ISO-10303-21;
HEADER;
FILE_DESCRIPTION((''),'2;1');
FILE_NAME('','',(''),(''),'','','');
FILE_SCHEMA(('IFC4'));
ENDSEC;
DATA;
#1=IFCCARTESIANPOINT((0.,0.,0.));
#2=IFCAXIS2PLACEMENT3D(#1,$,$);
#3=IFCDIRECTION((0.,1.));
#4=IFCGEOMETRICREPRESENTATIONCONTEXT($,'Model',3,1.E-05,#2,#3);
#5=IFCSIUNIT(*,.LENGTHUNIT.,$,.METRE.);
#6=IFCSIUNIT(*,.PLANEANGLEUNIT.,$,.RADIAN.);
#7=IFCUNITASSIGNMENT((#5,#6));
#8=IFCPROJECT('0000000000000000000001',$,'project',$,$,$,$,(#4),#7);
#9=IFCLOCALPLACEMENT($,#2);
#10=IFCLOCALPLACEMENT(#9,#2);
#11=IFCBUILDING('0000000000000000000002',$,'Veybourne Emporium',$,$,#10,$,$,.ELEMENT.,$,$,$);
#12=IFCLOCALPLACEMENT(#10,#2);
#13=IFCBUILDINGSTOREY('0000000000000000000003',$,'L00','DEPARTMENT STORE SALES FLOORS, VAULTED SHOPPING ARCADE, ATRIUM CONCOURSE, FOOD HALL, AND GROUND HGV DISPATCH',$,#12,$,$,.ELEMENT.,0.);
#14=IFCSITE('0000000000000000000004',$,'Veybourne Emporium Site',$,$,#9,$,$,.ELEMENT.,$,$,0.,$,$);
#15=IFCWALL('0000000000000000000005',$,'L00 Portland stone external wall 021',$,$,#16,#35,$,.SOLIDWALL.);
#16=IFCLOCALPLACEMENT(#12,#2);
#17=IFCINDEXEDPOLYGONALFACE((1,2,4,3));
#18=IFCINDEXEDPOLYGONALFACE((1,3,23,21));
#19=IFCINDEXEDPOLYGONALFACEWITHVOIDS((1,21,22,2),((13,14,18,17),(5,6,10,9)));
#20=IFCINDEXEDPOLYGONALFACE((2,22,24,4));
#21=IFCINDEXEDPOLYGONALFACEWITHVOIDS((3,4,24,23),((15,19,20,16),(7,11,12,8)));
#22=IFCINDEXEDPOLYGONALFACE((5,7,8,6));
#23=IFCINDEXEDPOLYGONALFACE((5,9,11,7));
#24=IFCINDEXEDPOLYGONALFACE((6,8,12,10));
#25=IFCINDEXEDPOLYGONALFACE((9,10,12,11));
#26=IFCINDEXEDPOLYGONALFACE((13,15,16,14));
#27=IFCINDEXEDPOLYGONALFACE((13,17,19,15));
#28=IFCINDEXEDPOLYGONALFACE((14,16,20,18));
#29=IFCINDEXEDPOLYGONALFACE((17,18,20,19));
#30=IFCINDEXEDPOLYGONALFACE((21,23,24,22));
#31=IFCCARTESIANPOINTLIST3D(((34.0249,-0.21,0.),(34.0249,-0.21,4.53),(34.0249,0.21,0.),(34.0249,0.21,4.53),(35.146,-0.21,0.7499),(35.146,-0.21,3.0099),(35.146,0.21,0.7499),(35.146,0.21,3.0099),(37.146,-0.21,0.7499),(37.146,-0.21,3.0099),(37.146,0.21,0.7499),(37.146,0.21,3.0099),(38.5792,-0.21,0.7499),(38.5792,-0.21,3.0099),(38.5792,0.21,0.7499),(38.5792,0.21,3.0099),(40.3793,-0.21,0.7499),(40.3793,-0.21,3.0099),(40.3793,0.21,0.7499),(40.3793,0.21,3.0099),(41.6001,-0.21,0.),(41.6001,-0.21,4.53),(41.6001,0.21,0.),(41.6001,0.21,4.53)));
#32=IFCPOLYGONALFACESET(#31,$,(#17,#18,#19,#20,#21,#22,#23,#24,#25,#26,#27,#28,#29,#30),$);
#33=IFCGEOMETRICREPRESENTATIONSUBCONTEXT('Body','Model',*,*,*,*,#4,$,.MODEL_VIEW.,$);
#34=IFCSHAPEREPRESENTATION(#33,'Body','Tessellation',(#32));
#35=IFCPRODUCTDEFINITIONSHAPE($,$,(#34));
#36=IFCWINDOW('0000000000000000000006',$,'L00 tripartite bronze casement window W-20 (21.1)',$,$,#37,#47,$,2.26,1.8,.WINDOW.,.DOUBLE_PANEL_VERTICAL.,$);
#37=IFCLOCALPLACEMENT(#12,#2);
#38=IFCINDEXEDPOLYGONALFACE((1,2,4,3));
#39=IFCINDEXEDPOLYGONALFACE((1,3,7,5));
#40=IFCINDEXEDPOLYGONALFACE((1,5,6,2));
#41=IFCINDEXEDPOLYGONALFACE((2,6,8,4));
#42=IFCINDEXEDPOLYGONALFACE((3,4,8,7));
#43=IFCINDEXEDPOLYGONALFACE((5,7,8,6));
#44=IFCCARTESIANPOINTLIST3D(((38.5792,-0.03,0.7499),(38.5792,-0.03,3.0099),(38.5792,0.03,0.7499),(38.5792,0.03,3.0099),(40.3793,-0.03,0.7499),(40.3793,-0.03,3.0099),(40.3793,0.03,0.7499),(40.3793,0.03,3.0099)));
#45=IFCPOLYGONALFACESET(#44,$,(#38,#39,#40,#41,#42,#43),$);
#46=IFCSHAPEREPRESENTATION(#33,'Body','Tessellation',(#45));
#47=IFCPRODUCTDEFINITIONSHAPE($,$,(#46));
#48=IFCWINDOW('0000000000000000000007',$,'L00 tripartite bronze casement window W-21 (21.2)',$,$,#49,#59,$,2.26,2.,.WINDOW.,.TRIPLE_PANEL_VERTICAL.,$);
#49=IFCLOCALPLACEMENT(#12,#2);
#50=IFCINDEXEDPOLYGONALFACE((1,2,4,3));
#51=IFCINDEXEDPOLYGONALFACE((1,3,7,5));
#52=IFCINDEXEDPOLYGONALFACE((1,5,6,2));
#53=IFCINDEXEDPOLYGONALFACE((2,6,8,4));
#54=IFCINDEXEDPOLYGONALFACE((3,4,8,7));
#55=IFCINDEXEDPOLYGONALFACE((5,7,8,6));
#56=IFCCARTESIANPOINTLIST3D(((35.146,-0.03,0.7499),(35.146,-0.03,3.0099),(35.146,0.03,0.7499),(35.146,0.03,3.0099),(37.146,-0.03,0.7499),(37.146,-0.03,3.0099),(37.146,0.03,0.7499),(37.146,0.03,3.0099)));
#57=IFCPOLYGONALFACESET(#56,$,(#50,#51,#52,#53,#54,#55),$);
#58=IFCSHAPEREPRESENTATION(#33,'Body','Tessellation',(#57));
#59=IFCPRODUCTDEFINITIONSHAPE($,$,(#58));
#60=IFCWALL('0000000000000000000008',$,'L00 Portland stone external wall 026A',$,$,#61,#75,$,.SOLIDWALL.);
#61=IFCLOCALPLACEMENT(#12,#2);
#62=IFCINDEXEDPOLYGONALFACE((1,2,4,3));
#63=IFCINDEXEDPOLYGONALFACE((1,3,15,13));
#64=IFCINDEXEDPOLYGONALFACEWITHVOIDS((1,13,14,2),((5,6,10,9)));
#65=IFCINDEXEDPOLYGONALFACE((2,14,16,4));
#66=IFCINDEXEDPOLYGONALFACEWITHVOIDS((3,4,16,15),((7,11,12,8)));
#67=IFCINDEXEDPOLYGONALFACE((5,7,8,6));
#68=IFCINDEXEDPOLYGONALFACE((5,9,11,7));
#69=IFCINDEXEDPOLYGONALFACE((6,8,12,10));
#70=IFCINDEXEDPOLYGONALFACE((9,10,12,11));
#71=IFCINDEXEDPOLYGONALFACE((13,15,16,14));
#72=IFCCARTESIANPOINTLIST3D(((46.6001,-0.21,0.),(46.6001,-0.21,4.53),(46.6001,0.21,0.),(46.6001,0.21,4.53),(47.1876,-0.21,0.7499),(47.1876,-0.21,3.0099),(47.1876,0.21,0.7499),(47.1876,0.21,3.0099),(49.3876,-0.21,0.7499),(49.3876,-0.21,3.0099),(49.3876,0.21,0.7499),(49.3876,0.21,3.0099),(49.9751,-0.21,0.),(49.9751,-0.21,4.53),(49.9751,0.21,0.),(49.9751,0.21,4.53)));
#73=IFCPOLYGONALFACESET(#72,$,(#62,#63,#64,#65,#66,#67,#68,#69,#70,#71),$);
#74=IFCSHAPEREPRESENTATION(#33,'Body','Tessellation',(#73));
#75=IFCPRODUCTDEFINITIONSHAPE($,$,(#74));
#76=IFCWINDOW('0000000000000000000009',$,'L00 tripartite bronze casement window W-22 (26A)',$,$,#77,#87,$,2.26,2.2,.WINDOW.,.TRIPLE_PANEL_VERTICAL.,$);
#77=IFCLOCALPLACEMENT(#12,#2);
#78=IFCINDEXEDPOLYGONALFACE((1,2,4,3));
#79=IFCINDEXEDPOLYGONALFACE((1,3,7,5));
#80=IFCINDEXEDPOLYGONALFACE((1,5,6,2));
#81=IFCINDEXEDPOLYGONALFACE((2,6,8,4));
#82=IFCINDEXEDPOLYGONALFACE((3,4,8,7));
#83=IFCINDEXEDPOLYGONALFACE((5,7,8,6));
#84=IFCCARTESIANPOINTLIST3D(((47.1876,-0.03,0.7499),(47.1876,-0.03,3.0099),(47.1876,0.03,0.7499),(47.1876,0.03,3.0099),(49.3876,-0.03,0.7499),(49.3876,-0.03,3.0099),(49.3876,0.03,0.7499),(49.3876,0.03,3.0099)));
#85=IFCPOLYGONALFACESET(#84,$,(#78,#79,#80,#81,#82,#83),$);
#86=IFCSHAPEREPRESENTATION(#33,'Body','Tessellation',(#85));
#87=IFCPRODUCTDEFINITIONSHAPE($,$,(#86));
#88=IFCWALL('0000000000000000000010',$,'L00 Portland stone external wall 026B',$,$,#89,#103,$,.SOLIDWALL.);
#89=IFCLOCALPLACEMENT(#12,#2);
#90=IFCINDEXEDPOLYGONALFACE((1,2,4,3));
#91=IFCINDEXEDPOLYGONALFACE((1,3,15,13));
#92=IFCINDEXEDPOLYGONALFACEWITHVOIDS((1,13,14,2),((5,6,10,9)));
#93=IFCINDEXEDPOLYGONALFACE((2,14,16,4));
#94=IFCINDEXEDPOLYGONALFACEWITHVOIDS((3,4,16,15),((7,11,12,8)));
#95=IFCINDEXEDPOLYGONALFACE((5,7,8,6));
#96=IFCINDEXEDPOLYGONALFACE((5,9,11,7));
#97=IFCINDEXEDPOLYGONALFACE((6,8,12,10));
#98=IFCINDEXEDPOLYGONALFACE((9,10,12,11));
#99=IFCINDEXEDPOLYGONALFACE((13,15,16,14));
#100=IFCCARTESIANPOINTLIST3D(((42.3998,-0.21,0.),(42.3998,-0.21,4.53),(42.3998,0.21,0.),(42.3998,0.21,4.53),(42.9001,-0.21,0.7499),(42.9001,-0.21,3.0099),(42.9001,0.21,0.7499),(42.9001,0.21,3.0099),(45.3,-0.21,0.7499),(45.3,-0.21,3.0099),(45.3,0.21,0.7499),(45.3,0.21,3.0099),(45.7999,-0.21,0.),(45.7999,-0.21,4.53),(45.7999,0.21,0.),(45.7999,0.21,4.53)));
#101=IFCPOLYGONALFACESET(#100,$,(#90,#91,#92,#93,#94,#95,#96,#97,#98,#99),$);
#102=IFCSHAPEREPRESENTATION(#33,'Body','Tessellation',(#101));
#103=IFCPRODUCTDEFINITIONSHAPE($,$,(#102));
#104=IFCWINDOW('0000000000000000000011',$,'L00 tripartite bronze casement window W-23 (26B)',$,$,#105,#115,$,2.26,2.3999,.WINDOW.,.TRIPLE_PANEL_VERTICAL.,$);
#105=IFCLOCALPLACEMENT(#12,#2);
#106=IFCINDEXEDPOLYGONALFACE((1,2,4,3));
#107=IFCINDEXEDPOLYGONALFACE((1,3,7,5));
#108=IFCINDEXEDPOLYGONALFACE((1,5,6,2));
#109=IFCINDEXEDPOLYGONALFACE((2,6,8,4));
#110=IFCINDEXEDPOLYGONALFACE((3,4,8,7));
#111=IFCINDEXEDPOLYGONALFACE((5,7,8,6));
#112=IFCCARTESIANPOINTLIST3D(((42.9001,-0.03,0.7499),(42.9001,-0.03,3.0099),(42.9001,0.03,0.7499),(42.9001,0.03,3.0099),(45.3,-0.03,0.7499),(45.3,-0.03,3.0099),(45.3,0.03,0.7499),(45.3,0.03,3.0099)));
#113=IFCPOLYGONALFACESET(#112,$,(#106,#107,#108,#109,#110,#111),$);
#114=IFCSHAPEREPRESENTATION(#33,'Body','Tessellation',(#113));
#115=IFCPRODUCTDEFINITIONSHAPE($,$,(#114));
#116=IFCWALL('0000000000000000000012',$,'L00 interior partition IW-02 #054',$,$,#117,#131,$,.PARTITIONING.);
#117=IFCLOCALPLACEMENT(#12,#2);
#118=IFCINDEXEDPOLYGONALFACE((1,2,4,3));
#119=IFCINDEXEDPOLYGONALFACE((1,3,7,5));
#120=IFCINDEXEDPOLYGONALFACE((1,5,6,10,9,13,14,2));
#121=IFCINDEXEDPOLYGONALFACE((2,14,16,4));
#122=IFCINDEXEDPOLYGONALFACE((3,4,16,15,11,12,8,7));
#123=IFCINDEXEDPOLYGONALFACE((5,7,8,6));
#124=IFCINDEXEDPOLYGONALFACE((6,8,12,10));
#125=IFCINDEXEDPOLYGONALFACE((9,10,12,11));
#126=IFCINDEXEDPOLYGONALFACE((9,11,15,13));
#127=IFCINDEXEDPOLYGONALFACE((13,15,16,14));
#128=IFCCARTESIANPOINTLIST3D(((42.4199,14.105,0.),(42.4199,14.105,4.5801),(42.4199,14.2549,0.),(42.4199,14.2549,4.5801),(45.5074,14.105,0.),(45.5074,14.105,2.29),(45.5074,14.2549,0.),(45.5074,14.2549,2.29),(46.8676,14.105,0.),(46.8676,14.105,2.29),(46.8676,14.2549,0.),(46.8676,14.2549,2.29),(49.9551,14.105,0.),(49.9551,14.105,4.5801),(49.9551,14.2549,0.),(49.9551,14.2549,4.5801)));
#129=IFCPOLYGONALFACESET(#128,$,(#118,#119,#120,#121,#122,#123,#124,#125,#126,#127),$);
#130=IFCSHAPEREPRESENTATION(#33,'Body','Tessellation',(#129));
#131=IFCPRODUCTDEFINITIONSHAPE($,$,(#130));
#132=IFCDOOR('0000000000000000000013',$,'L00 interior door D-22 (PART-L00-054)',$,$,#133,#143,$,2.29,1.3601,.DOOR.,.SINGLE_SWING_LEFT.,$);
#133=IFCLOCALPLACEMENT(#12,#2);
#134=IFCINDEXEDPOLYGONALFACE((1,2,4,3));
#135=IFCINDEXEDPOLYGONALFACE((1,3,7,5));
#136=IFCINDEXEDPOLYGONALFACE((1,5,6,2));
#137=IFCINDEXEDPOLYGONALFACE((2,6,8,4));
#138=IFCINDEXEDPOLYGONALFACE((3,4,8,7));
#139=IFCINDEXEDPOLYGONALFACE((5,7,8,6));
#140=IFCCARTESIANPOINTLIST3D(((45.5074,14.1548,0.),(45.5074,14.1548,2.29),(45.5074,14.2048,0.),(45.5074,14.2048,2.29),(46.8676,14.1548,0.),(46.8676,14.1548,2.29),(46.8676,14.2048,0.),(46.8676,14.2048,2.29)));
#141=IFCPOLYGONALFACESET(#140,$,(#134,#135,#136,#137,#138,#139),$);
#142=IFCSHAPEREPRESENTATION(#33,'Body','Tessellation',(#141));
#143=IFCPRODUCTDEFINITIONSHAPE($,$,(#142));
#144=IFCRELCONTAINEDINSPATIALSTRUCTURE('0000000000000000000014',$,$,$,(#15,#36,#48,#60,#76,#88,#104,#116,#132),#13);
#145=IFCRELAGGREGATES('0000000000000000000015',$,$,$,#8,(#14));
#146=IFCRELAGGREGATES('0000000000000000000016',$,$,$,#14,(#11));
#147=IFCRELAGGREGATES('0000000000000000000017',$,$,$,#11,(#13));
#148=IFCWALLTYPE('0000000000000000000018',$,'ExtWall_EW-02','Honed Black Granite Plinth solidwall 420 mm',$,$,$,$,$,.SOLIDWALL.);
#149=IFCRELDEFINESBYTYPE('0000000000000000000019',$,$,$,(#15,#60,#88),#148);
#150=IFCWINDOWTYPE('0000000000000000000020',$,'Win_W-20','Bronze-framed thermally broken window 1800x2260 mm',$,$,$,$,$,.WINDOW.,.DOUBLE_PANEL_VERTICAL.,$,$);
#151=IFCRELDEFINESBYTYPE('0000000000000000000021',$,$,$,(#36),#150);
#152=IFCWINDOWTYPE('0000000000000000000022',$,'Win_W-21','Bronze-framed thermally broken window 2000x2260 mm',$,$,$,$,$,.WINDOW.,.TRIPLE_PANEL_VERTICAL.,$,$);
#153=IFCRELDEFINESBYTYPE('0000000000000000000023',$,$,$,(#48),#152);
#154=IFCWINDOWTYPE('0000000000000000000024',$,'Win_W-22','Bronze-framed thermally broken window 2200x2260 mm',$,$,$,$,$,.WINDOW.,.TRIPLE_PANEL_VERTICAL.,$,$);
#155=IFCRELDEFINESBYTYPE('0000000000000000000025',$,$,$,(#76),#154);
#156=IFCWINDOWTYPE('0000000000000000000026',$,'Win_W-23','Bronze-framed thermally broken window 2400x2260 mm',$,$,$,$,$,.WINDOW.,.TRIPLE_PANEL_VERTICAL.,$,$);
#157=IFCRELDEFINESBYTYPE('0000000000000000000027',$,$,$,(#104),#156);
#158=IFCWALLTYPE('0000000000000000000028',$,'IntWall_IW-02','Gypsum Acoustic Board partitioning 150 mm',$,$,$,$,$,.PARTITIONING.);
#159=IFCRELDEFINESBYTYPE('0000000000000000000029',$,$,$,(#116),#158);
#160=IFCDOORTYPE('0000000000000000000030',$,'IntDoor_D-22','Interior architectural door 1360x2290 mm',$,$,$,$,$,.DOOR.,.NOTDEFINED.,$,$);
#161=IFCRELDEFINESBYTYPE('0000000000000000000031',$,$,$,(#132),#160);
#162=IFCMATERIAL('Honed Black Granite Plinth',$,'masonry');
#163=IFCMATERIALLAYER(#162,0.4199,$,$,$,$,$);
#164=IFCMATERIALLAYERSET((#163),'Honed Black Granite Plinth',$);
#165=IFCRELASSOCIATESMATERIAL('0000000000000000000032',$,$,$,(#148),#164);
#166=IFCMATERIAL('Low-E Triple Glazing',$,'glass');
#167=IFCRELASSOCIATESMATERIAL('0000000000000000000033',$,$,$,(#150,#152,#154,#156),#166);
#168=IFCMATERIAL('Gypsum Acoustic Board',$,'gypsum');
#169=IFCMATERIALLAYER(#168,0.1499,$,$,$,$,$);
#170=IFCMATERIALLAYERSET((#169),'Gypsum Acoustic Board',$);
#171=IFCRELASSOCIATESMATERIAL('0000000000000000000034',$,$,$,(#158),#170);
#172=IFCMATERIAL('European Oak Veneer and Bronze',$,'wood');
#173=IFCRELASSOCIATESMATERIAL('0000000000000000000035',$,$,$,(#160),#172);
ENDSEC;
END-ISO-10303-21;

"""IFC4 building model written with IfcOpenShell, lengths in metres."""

from ifc_helpers import new_model, si_unit, direction, frame, frame_2d, origin, place, context, subcontext, project, spatial, rectangle, extrude, material, layer, layer_set, type_object, element, fill, save


model = new_model("IFC4")

# Units and contexts
model_context = context("Model", 3, precision=1e-05, world=origin(), true_north=direction((0.0, 1.0)))
body_context = subcontext(model_context, "Body", "Model", "MODEL_VIEW")
ifc_project = project(units=[si_unit("LENGTHUNIT", "METRE"), si_unit("PLANEANGLEUNIT", "RADIAN")], contexts=[model_context])

# Site, building, storey
site_placement = place(None, origin())
site = spatial("IfcSite", under=ifc_project, at=site_placement, Name="Veybourne Emporium Site", CompositionType="ELEMENT", RefElevation=0.0)
building_placement = place(site_placement, origin())
building = spatial("IfcBuilding", under=site, at=building_placement, Name="Veybourne Emporium", CompositionType="ELEMENT")
storey_placement = place(building_placement, origin())
storey = spatial("IfcBuildingStorey", under=building, at=storey_placement, Name="L00", Description="DEPARTMENT STORE SALES FLOORS, VAULTED SHOPPING ARCADE, ATRIUM CONCOURSE, FOOD HALL, AND GROUND HGV DISPATCH", CompositionType="ELEMENT", Elevation=0.0)

# Wall, openings, windows
ifc_material_1 = material(Name="Honed Black Granite Plinth", Category="masonry")
ifc_layer_1 = layer(ifc_material_1, 0.4199)
ifc_layer_set_1 = layer_set([ifc_layer_1], Name="Honed Black Granite Plinth")
wall_type_1 = type_object("IfcWallType", Name="ExtWall_EW-02", Description="Honed Black Granite Plinth solidwall 420 mm", PredefinedType="SOLIDWALL", material=ifc_layer_set_1)
wall_1_placement = place(storey_placement, frame((41.6001, 0.0, 0.0), z_axis=(0.0, 0.0, 1.0), x_axis=(-1.0, 0.0, 0.0)))
wall_1 = element("IfcWall", 1, at=wall_1_placement, inside=storey, type_object=wall_type_1, Name="L00 Portland stone external wall 021", PredefinedType="SOLIDWALL", context=body_context, shape_type="SweptSolid", body=[
    extrude(rectangle(XDim=7.5752, YDim=0.4199, at=frame_2d((3.7876, 0.0))), origin(), (0.0, 0.0, 1.0), 4.53),
])
opening_1_placement = place(wall_1_placement, frame((1.2209, 0.0, 0.75)))
opening_1 = element("IfcOpeningElement", 2, at=opening_1_placement, cuts=wall_1, PredefinedType="OPENING", context=body_context, shape_type="SweptSolid", body=[
    extrude(rectangle(XDim=1.8, YDim=2.26, at=frame_2d((0.8999, 1.1299))), frame((0.0, 0.23, 0.0), z_axis=(0.0, -1.0, 0.0), x_axis=(1.0, 0.0, 0.0)), (0.0, 0.0, 1.0), 0.46),
])
opening_2_placement = place(wall_1_placement, frame((4.4541, 0.0, 0.75)))
opening_2 = element("IfcOpeningElement", 3, at=opening_2_placement, cuts=wall_1, PredefinedType="OPENING", context=body_context, shape_type="SweptSolid", body=[
    extrude(rectangle(XDim=2.0, YDim=2.26, at=frame_2d((1.0, 1.1299))), frame((0.0, 0.23, 0.0), z_axis=(0.0, -1.0, 0.0), x_axis=(1.0, 0.0, 0.0)), (0.0, 0.0, 1.0), 0.46),
])
ifc_material_2 = material(Name="Low-E Triple Glazing", Category="glass")
window_type_1 = type_object("IfcWindowType", Name="Win_W-20", Description="Bronze-framed thermally broken window 1800x2260 mm", PartitioningType="DOUBLE_PANEL_VERTICAL", PredefinedType="WINDOW", material=ifc_material_2)
window_1_placement = place(opening_1_placement, origin())
window_1 = element("IfcWindow", 4, at=window_1_placement, inside=storey, type_object=window_type_1, Name="L00 tripartite bronze casement window W-20 (21.1)", OverallHeight=2.26, OverallWidth=1.8, PartitioningType="DOUBLE_PANEL_VERTICAL", PredefinedType="WINDOW", context=body_context, shape_type="SweptSolid", body=[
    extrude(rectangle(XDim=1.8, YDim=2.26, at=frame_2d((0.8999, 1.1299))), frame((0.0, 0.03, 0.0), z_axis=(0.0, -1.0, 0.0), x_axis=(1.0, 0.0, 0.0)), (0.0, 0.0, 1.0), 0.0601),
])
fill(opening_1, window_1)
window_type_2 = type_object("IfcWindowType", Name="Win_W-21", Description="Bronze-framed thermally broken window 2000x2260 mm", PartitioningType="TRIPLE_PANEL_VERTICAL", PredefinedType="WINDOW", material=ifc_material_2)
window_2_placement = place(opening_2_placement, origin())
window_2 = element("IfcWindow", 5, at=window_2_placement, inside=storey, type_object=window_type_2, Name="L00 tripartite bronze casement window W-21 (21.2)", OverallHeight=2.26, OverallWidth=2.0, PartitioningType="TRIPLE_PANEL_VERTICAL", PredefinedType="WINDOW", context=body_context, shape_type="SweptSolid", body=[
    extrude(rectangle(XDim=2.0, YDim=2.26, at=frame_2d((1.0, 1.1299))), frame((0.0, 0.03, 0.0), z_axis=(0.0, -1.0, 0.0), x_axis=(1.0, 0.0, 0.0)), (0.0, 0.0, 1.0), 0.0601),
])
fill(opening_2, window_2)

# Walls, openings, windows
wall_2_placement = place(storey_placement, frame((49.9751, 0.0, 0.0), z_axis=(0.0, 0.0, 1.0), x_axis=(-1.0, 0.0, 0.0)))
wall_2 = element("IfcWall", 6, at=wall_2_placement, inside=storey, type_object=wall_type_1, Name="L00 Portland stone external wall 026A", PredefinedType="SOLIDWALL", context=body_context, shape_type="SweptSolid", body=[
    extrude(rectangle(XDim=3.375, YDim=0.4199, at=frame_2d((1.6875, 0.0))), origin(), (0.0, 0.0, 1.0), 4.53),
])
opening_3_placement = place(wall_2_placement, frame((0.5874, 0.0, 0.75)))
opening_3 = element("IfcOpeningElement", 7, at=opening_3_placement, cuts=wall_2, PredefinedType="OPENING", context=body_context, shape_type="SweptSolid", body=[
    extrude(rectangle(XDim=2.2, YDim=2.26, at=frame_2d((1.1001, 1.1299))), frame((0.0, 0.23, 0.0), z_axis=(0.0, -1.0, 0.0), x_axis=(1.0, 0.0, 0.0)), (0.0, 0.0, 1.0), 0.46),
])
window_type_3 = type_object("IfcWindowType", Name="Win_W-22", Description="Bronze-framed thermally broken window 2200x2260 mm", PartitioningType="TRIPLE_PANEL_VERTICAL", PredefinedType="WINDOW", material=ifc_material_2)
window_3_placement = place(opening_3_placement, origin())
window_3 = element("IfcWindow", 8, at=window_3_placement, inside=storey, type_object=window_type_3, Name="L00 tripartite bronze casement window W-22 (26A)", OverallHeight=2.26, OverallWidth=2.2, PartitioningType="TRIPLE_PANEL_VERTICAL", PredefinedType="WINDOW", context=body_context, shape_type="SweptSolid", body=[
    extrude(rectangle(XDim=2.2, YDim=2.26, at=frame_2d((1.1001, 1.1299))), frame((0.0, 0.03, 0.0), z_axis=(0.0, -1.0, 0.0), x_axis=(1.0, 0.0, 0.0)), (0.0, 0.0, 1.0), 0.0601),
])
fill(opening_3, window_3)
wall_3_placement = place(storey_placement, frame((45.8, 0.0, 0.0), z_axis=(0.0, 0.0, 1.0), x_axis=(-1.0, 0.0, 0.0)))
wall_3 = element("IfcWall", 9, at=wall_3_placement, inside=storey, type_object=wall_type_1, Name="L00 Portland stone external wall 026B", PredefinedType="SOLIDWALL", context=body_context, shape_type="SweptSolid", body=[
    extrude(rectangle(XDim=3.4001, YDim=0.4199, at=frame_2d((1.7002, 0.0))), origin(), (0.0, 0.0, 1.0), 4.53),
])
opening_4_placement = place(wall_3_placement, frame((0.5, 0.0, 0.75)))
opening_4 = element("IfcOpeningElement", 10, at=opening_4_placement, cuts=wall_3, PredefinedType="OPENING", context=body_context, shape_type="SweptSolid", body=[
    extrude(rectangle(XDim=2.3999, YDim=2.26, at=frame_2d((1.2, 1.1299))), frame((0.0, 0.23, 0.0), z_axis=(0.0, -1.0, 0.0), x_axis=(1.0, 0.0, 0.0)), (0.0, 0.0, 1.0), 0.46),
])
window_type_4 = type_object("IfcWindowType", Name="Win_W-23", Description="Bronze-framed thermally broken window 2400x2260 mm", PartitioningType="TRIPLE_PANEL_VERTICAL", PredefinedType="WINDOW", material=ifc_material_2)
window_4_placement = place(opening_4_placement, origin())
window_4 = element("IfcWindow", 11, at=window_4_placement, inside=storey, type_object=window_type_4, Name="L00 tripartite bronze casement window W-23 (26B)", OverallHeight=2.26, OverallWidth=2.3999, PartitioningType="TRIPLE_PANEL_VERTICAL", PredefinedType="WINDOW", context=body_context, shape_type="SweptSolid", body=[
    extrude(rectangle(XDim=2.3999, YDim=2.26, at=frame_2d((1.2, 1.1299))), frame((0.0, 0.03, 0.0), z_axis=(0.0, -1.0, 0.0), x_axis=(1.0, 0.0, 0.0)), (0.0, 0.0, 1.0), 0.0601),
])
fill(opening_4, window_4)

# Wall, opening, door
ifc_material_3 = material(Name="Gypsum Acoustic Board", Category="gypsum")
ifc_layer_2 = layer(ifc_material_3, 0.1499)
ifc_layer_set_2 = layer_set([ifc_layer_2], Name="Gypsum Acoustic Board")
wall_type_2 = type_object("IfcWallType", Name="IntWall_IW-02", Description="Gypsum Acoustic Board partitioning 150 mm", PredefinedType="PARTITIONING", material=ifc_layer_set_2)
wall_4_placement = place(storey_placement, frame((42.4199, 14.1799, 0.0), z_axis=(0.0, 0.0, 1.0), x_axis=(1.0, 0.0, 0.0)))
wall_4 = element("IfcWall", 12, at=wall_4_placement, inside=storey, type_object=wall_type_2, Name="L00 interior partition IW-02 #054", PredefinedType="PARTITIONING", context=body_context, shape_type="SweptSolid", body=[
    extrude(rectangle(XDim=7.5352, YDim=0.1499, at=frame_2d((3.7676, 0.0))), origin(), (0.0, 0.0, 1.0), 4.5801),
])
opening_5_placement = place(wall_4_placement, frame((3.0874, 0.0, 0.0)))
opening_5 = element("IfcOpeningElement", 13, at=opening_5_placement, cuts=wall_4, PredefinedType="OPENING", context=body_context, shape_type="SweptSolid", body=[
    extrude(rectangle(XDim=1.3601, YDim=2.29, at=frame_2d((0.6802, 1.145))), frame((0.0, 0.095, 0.0), z_axis=(0.0, -1.0, 0.0), x_axis=(1.0, 0.0, 0.0)), (0.0, 0.0, 1.0), 0.1899),
])
ifc_material_4 = material(Name="European Oak Veneer and Bronze", Category="wood")
door_type = type_object("IfcDoorType", Name="IntDoor_D-22", Description="Interior architectural door 1360x2290 mm", OperationType="NOTDEFINED", PredefinedType="DOOR", material=ifc_material_4)
door_placement = place(opening_5_placement, origin())
door = element("IfcDoor", 14, at=door_placement, inside=storey, type_object=door_type, Name="L00 interior door D-22 (PART-L00-054)", OperationType="SINGLE_SWING_LEFT", OverallHeight=2.29, OverallWidth=1.3601, PredefinedType="DOOR", context=body_context, shape_type="SweptSolid", body=[
    extrude(rectangle(XDim=1.3601, YDim=2.29, at=frame_2d((0.6802, 1.145))), frame((0.0, 0.0249, 0.0), z_axis=(0.0, -1.0, 0.0), x_axis=(1.0, 0.0, 0.0)), (0.0, 0.0, 1.0), 0.05),
])
fill(opening_5, door)

save(model, "model.ifc")
